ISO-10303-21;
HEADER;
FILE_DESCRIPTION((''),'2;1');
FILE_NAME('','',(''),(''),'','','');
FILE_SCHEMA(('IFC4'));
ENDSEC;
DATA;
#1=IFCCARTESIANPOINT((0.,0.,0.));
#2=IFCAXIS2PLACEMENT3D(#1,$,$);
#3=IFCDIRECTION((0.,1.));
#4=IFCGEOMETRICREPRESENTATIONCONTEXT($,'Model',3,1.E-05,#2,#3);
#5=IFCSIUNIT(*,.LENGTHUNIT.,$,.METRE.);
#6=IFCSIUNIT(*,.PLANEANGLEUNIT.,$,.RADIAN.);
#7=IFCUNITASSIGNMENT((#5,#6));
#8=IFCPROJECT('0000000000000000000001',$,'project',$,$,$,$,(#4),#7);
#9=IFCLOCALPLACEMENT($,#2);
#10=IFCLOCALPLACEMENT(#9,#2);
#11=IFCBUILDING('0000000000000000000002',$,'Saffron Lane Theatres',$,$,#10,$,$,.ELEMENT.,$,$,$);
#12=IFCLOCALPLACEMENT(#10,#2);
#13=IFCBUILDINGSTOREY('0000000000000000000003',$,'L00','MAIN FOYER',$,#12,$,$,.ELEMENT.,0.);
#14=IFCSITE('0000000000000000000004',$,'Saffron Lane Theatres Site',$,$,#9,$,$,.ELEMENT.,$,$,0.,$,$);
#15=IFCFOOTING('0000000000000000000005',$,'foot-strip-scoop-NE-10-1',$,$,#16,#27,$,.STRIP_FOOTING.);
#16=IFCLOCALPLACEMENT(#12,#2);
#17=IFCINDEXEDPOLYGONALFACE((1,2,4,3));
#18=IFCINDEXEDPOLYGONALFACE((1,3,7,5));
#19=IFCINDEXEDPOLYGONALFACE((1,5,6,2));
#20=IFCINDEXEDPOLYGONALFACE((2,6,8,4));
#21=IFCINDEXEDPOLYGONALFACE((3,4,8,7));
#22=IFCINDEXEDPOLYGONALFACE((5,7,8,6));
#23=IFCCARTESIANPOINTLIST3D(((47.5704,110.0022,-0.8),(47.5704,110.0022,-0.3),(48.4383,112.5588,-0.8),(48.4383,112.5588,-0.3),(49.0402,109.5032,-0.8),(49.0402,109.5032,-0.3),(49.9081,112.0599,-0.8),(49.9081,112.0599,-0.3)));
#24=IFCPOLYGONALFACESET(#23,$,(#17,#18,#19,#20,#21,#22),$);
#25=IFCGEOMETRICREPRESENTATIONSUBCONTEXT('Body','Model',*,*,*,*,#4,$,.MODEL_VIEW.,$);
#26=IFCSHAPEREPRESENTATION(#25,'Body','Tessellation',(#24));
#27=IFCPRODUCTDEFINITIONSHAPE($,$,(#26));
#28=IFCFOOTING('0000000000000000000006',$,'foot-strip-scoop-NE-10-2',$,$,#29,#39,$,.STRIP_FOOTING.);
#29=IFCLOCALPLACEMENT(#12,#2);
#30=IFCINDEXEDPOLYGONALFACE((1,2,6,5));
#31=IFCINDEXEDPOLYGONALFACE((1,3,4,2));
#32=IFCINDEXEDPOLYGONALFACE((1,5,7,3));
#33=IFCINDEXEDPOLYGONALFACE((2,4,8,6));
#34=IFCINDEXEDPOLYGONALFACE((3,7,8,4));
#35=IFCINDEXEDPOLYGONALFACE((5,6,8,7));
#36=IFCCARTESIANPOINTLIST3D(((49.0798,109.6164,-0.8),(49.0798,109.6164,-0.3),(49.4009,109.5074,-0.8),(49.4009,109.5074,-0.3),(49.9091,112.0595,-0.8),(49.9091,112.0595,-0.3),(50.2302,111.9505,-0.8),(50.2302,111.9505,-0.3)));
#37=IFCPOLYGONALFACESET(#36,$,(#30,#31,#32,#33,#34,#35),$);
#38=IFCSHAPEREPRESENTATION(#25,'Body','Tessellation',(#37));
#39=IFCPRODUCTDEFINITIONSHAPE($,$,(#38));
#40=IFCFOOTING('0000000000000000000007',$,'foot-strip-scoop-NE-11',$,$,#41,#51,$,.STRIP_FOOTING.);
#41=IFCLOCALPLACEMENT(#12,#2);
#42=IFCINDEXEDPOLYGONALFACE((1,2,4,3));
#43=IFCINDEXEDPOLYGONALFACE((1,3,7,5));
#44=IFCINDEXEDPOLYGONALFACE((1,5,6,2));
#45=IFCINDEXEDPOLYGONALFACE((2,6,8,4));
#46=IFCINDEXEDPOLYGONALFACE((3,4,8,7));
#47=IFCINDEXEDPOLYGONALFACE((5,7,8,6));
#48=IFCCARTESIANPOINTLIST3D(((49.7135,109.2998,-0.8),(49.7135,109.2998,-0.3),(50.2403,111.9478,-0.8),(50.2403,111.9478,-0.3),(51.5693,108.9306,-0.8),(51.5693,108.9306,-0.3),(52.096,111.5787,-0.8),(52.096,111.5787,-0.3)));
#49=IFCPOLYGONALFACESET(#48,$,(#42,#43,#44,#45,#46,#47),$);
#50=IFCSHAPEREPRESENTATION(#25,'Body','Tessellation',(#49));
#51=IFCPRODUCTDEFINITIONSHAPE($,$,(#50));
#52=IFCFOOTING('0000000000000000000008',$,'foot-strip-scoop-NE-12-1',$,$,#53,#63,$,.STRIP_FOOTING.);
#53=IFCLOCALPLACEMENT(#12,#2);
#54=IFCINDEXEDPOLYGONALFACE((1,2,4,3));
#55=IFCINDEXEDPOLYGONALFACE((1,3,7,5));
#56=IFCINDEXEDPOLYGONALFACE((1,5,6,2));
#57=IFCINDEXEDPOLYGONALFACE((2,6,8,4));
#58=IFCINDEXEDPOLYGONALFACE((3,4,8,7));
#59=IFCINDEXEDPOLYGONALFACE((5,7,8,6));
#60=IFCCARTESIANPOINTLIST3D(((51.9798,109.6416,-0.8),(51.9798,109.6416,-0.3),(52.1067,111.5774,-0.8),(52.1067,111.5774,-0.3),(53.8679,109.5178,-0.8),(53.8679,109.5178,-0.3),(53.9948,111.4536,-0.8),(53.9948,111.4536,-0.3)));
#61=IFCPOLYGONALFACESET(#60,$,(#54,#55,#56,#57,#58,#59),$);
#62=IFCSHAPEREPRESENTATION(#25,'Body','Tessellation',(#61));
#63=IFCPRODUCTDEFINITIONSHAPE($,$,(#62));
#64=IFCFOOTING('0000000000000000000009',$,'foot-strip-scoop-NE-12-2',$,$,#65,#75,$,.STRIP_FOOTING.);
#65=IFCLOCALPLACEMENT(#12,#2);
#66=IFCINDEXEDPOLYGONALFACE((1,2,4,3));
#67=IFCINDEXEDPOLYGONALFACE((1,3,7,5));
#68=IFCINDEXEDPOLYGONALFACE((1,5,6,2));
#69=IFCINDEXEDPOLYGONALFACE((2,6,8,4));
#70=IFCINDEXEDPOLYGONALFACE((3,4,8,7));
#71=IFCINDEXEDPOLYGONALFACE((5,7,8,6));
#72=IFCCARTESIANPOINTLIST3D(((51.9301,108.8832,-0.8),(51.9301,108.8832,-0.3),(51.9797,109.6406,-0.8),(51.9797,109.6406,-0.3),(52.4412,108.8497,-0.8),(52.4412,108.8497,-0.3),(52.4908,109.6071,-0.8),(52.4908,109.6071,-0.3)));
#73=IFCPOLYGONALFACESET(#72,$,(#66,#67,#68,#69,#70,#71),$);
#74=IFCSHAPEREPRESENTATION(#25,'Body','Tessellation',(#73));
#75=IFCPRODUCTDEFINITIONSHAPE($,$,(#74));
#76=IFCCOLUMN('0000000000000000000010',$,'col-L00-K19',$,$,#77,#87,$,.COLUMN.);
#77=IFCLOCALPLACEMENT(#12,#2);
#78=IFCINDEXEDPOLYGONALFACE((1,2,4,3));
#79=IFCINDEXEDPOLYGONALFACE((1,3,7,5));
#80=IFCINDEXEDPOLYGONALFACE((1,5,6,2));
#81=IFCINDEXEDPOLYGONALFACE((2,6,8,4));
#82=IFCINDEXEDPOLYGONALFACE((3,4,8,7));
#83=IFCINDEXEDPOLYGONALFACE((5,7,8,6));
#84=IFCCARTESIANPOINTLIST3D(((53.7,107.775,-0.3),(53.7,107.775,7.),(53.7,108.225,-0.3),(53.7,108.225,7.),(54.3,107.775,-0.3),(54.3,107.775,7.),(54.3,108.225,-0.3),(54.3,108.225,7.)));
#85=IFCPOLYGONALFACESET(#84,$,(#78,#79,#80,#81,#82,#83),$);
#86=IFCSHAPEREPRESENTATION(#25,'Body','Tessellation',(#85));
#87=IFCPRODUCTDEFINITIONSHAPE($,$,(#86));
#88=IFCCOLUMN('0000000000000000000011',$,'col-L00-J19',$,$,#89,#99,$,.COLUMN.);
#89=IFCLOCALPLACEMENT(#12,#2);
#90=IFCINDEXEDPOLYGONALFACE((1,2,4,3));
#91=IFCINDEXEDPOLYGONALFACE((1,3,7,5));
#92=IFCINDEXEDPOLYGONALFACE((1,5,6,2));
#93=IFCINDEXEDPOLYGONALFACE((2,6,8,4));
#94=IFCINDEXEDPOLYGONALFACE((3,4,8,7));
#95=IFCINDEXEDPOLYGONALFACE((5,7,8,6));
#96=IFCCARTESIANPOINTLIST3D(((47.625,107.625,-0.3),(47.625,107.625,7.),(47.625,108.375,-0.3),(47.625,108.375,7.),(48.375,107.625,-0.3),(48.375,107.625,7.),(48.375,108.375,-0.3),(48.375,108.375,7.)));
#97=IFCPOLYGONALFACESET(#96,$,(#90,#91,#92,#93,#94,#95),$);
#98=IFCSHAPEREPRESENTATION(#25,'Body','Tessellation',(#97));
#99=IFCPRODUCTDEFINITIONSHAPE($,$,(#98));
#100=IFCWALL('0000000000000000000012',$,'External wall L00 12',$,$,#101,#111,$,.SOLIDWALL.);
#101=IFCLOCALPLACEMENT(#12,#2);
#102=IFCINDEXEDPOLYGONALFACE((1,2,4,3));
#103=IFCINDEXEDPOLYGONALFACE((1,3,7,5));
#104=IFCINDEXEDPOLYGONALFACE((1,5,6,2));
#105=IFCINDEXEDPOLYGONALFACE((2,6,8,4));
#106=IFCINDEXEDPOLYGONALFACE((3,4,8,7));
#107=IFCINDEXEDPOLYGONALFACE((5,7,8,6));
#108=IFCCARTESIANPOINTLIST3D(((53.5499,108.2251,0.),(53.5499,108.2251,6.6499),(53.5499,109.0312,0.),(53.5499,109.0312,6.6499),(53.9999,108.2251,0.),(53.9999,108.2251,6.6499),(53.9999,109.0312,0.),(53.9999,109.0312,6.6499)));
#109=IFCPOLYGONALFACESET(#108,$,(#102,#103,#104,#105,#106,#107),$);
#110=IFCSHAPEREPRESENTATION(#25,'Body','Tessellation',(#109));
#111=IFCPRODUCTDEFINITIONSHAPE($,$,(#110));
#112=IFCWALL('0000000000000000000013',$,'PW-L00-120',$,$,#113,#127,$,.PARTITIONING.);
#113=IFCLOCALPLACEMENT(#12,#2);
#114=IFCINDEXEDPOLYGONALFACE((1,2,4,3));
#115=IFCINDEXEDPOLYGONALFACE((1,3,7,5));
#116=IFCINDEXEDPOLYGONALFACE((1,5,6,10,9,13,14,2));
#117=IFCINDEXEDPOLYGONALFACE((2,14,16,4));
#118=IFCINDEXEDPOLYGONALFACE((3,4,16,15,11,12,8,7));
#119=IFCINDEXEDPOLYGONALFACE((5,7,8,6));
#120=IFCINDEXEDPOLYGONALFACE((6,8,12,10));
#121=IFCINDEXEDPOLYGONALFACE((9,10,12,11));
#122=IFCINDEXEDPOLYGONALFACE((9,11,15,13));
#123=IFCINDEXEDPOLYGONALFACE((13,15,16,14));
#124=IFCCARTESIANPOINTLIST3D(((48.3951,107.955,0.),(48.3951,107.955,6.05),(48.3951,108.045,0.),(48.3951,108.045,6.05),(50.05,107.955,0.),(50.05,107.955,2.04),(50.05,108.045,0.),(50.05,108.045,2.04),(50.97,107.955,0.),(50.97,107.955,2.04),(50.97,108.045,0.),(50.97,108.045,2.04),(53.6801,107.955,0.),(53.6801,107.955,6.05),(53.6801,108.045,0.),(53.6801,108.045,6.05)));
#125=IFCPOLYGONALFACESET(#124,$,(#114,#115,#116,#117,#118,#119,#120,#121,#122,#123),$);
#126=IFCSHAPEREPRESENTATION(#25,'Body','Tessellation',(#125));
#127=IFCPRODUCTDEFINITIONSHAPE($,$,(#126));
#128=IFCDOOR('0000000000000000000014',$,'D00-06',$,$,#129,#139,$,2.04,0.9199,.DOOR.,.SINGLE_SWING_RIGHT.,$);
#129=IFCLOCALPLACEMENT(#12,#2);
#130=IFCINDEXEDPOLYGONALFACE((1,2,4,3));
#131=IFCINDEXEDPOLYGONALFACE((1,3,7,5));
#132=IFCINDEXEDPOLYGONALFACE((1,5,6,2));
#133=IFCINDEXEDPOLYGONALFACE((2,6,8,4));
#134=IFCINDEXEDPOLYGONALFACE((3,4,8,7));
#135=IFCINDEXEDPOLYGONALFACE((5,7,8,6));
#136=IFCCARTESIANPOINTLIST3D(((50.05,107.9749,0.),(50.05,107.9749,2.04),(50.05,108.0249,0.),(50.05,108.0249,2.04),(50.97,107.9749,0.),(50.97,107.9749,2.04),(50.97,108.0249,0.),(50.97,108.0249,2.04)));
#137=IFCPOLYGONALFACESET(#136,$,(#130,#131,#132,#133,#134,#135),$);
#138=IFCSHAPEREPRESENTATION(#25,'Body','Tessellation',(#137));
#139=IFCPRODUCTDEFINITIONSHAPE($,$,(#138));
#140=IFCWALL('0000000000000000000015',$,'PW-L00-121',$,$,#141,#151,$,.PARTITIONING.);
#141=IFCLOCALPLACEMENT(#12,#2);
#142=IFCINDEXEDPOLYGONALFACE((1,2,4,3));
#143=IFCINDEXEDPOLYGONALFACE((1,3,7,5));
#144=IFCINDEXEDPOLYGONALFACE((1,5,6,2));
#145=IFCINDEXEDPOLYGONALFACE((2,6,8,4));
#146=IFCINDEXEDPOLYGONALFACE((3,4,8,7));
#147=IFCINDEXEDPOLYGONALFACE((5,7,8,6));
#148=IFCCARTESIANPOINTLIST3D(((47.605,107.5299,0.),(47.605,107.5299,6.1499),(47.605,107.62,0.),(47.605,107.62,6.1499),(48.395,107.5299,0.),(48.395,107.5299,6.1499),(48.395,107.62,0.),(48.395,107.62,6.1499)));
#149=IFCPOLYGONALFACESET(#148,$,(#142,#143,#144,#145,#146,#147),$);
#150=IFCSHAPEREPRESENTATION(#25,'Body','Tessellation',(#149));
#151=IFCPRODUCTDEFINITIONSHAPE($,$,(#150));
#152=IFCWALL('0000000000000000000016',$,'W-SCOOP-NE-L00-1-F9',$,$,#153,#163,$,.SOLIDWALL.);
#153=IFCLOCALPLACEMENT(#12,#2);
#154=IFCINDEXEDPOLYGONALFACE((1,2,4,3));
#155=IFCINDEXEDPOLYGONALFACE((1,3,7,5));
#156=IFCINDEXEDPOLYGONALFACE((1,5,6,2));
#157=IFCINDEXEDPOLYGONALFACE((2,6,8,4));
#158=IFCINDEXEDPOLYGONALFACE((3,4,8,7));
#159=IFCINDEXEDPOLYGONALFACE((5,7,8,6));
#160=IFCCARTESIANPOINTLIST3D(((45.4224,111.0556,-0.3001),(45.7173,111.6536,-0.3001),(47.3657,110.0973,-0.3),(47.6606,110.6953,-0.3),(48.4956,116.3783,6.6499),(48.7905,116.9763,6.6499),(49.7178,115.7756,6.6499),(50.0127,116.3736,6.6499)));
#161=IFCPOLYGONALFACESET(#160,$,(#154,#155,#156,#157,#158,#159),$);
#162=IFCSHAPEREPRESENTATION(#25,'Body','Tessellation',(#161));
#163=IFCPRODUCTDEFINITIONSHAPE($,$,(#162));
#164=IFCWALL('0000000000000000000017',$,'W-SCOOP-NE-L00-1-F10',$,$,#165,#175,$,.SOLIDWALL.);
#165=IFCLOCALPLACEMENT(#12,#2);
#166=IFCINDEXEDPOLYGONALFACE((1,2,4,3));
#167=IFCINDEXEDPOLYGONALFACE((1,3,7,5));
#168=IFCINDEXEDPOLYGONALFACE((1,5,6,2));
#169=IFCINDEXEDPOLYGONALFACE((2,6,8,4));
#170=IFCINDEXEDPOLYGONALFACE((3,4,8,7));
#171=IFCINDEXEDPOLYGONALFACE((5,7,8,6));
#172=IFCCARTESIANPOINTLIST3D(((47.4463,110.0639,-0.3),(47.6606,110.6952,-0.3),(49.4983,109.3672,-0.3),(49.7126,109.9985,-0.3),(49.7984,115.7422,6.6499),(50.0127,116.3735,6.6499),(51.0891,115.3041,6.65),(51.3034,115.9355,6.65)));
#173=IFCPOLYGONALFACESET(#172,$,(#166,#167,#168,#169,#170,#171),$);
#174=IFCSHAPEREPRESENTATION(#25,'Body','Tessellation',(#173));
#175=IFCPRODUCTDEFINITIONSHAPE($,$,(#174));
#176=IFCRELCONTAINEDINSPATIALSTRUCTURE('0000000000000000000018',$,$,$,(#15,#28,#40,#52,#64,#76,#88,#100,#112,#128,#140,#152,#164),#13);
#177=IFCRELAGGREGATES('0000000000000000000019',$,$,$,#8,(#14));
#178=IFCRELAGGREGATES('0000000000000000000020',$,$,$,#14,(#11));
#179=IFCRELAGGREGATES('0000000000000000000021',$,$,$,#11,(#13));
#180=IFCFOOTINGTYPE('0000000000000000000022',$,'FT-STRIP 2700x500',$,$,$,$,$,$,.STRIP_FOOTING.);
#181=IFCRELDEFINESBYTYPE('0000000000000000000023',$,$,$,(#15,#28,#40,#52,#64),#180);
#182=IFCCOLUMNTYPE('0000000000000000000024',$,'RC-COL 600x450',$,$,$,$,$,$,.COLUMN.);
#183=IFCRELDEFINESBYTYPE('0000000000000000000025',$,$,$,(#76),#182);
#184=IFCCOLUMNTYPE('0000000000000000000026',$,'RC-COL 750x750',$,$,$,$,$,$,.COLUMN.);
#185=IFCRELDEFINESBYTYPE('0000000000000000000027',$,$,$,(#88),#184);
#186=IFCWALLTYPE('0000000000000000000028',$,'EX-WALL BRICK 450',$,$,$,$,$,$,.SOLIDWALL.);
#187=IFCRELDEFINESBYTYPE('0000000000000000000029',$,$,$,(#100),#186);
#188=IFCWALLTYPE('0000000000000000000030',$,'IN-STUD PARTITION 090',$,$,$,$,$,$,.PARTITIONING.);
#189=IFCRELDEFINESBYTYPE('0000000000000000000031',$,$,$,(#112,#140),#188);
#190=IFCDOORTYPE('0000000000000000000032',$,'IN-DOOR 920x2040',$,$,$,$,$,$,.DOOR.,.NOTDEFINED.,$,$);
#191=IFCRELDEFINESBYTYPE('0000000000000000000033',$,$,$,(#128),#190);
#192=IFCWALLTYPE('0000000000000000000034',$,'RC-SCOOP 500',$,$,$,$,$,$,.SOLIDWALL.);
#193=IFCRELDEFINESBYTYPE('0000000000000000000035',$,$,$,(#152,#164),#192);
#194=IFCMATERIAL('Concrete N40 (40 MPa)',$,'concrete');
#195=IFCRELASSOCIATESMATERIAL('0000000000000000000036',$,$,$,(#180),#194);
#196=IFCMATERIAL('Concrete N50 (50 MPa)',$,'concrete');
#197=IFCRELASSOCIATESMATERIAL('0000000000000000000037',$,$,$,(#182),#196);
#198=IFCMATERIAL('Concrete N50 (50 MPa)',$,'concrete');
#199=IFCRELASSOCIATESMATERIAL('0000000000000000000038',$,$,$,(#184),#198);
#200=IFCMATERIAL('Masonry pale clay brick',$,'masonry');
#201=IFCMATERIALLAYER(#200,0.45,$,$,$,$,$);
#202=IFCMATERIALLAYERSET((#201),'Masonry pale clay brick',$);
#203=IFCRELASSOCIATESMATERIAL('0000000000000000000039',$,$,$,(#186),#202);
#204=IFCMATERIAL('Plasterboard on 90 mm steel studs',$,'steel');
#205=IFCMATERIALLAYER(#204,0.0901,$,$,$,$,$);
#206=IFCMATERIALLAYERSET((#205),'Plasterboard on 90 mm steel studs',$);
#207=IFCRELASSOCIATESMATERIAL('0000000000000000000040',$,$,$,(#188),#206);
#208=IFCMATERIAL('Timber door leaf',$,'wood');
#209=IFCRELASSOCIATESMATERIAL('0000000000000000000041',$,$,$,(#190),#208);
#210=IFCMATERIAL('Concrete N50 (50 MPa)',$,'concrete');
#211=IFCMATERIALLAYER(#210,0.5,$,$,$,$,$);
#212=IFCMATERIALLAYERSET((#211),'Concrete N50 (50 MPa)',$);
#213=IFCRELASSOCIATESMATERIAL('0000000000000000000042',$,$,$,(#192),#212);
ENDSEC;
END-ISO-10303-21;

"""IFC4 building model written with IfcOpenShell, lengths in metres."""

from ifc_helpers import new_model, si_unit, direction, frame, frame_2d, origin, origin_2d, place, context, subcontext, project, spatial, polyline, rectangle, outline, extrude, material, layer, layer_set, material_profile, profile_set, type_object, element, fill, save


model = new_model("IFC4")

# Units and contexts
model_context = context("Model", 3, precision=1e-05, world=origin(), true_north=direction((0.0, 1.0)))
body_context = subcontext(model_context, "Body", "Model", "MODEL_VIEW")
ifc_project = project(units=[si_unit("LENGTHUNIT", "METRE"), si_unit("PLANEANGLEUNIT", "RADIAN")], contexts=[model_context])

# Site, building, storey
site_placement = place(None, origin())
site = spatial("IfcSite", under=ifc_project, at=site_placement, Name="Saffron Lane Theatres Site", CompositionType="ELEMENT", RefElevation=0.0)
building_placement = place(site_placement, origin())
building = spatial("IfcBuilding", under=site, at=building_placement, Name="Saffron Lane Theatres", CompositionType="ELEMENT")
storey_placement = place(building_placement, origin())
storey = spatial("IfcBuildingStorey", under=building, at=storey_placement, Name="L00", Description="MAIN FOYER", CompositionType="ELEMENT", Elevation=0.0)

# Footings
ifc_material_1 = material(Name="Concrete N40 (40 MPa)", Category="concrete")
footing_type = type_object("IfcFootingType", Name="FT-STRIP 2700x500", PredefinedType="STRIP_FOOTING", material=ifc_material_1)
footing_1_placement = place(storey_placement, frame((48.7393, 111.031, -0.8), z_axis=(0.0, 0.0, 1.0), x_axis=(0.321445, 0.946928, 0.0)))
element("IfcFooting", 1, at=footing_1_placement, inside=storey, type_object=footing_type, Name="foot-strip-scoop-NE-10-1", PredefinedType="STRIP_FOOTING", context=body_context, shape_type="SweptSolid", body=[
    extrude(rectangle(XDim=2.7, YDim=1.5522, at=origin_2d()), origin(), (0.0, 0.0, 1.0), 0.5),
])
footing_2_placement = place(storey_placement, frame((49.655, 110.7834, -0.8), z_axis=(0.0, 0.0, 1.0), x_axis=(0.321432, 0.946933, 0.0)))
element("IfcFooting", 2, at=footing_2_placement, inside=storey, type_object=footing_type, Name="foot-strip-scoop-NE-10-2", PredefinedType="STRIP_FOOTING", context=body_context, shape_type="SweptSolid", body=[
    extrude(rectangle(XDim=2.5801, YDim=0.3391, at=origin_2d()), origin(), (0.0, 0.0, 1.0), 0.5),
])
footing_3_placement = place(storey_placement, frame((50.9048, 110.4392, -0.8), z_axis=(0.0, 0.0, 1.0), x_axis=(0.195112, 0.980781, 0.0)))
element("IfcFooting", 3, at=footing_3_placement, inside=storey, type_object=footing_type, Name="foot-strip-scoop-NE-11", PredefinedType="STRIP_FOOTING", context=body_context, shape_type="SweptSolid", body=[
    extrude(rectangle(XDim=2.7, YDim=1.8921, at=origin_2d()), origin(), (0.0, 0.0, 1.0), 0.5),
])
footing_4_placement = place(storey_placement, frame((52.9873, 110.5476, -0.8), z_axis=(0.0, 0.0, 1.0), x_axis=(0.065411, 0.997858, 0.0)))
element("IfcFooting", 4, at=footing_4_placement, inside=storey, type_object=footing_type, Name="foot-strip-scoop-NE-12-1", PredefinedType="STRIP_FOOTING", context=body_context, shape_type="SweptSolid", body=[
    extrude(rectangle(XDim=1.9399, YDim=1.8921, at=origin_2d()), origin(), (0.0, 0.0, 1.0), 0.5),
])
footing_5_placement = place(storey_placement, frame((52.2104, 109.2451, -0.8), z_axis=(0.0, 0.0, 1.0), x_axis=(0.065405, 0.997859, 0.0)))
element("IfcFooting", 5, at=footing_5_placement, inside=storey, type_object=footing_type, Name="foot-strip-scoop-NE-12-2", PredefinedType="STRIP_FOOTING", context=body_context, shape_type="SweptSolid", body=[
    extrude(rectangle(XDim=0.759, YDim=0.5122, at=origin_2d()), origin(), (0.0, 0.0, 1.0), 0.5),
])

# Columns
ifc_material_2 = material(Name="Concrete N50 (50 MPa)", Category="concrete")
ifc_material_profile_1 = material_profile(ifc_material_2, rectangle(XDim=0.6001, YDim=0.45, at=origin_2d()))
ifc_profile_set_1 = profile_set([ifc_material_profile_1], Name="Concrete N50 (50 MPa)")
column_type_1 = type_object("IfcColumnType", Name="RC-COL 600x450", PredefinedType="COLUMN", material=ifc_profile_set_1)
column_1_placement = place(storey_placement, frame((54.0, 108.0, -0.3), z_axis=(0.0, 0.0, 1.0), x_axis=(1.0, 0.0, 0.0)))
element("IfcColumn", 6, at=column_1_placement, inside=storey, type_object=column_type_1, Name="col-L00-K19", PredefinedType="COLUMN", context=body_context, shape_type="SweptSolid", body=[
    extrude(rectangle(XDim=0.6001, YDim=0.45, at=origin_2d()), origin(), (0.0, 0.0, 1.0), 7.3),
])
ifc_material_3 = material(Name="Concrete N50 (50 MPa)", Category="concrete")
ifc_material_profile_2 = material_profile(ifc_material_3, rectangle(XDim=0.75, YDim=0.75, at=origin_2d()))
ifc_profile_set_2 = profile_set([ifc_material_profile_2], Name="Concrete N50 (50 MPa)")
column_type_2 = type_object("IfcColumnType", Name="RC-COL 750x750", PredefinedType="COLUMN", material=ifc_profile_set_2)
column_2_placement = place(storey_placement, frame((48.0, 108.0, -0.3), z_axis=(0.0, 0.0, 1.0), x_axis=(1.0, 0.0, 0.0)))
element("IfcColumn", 7, at=column_2_placement, inside=storey, type_object=column_type_2, Name="col-L00-J19", PredefinedType="COLUMN", context=body_context, shape_type="SweptSolid", body=[
    extrude(rectangle(XDim=0.75, YDim=0.75, at=origin_2d()), origin(), (0.0, 0.0, 1.0), 7.3),
])

# Wall
ifc_material_4 = material(Name="Masonry pale clay brick", Category="masonry")
ifc_layer_1 = layer(ifc_material_4, 0.45)
ifc_layer_set_1 = layer_set([ifc_layer_1], Name="Masonry pale clay brick")
wall_type_1 = type_object("IfcWallType", Name="EX-WALL BRICK 450", PredefinedType="SOLIDWALL", material=ifc_layer_set_1)
wall_1_placement = place(storey_placement, frame((53.7749, 109.0312, 0.0), z_axis=(0.0, 0.0, 1.0), x_axis=(0.0, -1.0, 0.0)))
element("IfcWall", 8, at=wall_1_placement, inside=storey, type_object=wall_type_1, Name="External wall L00 12", PredefinedType="SOLIDWALL", context=body_context, shape_type="SweptSolid", body=[
    extrude(rectangle(XDim=0.8062, YDim=0.45, at=frame_2d((0.4031, 0.0))), origin(), (0.0, 0.0, 1.0), 6.6499),
])

# Wall, opening, door
ifc_material_5 = material(Name="Plasterboard on 90 mm steel studs", Category="steel")
ifc_layer_2 = layer(ifc_material_5, 0.0901)
ifc_layer_set_2 = layer_set([ifc_layer_2], Name="Plasterboard on 90 mm steel studs")
wall_type_2 = type_object("IfcWallType", Name="IN-STUD PARTITION 090", PredefinedType="PARTITIONING", material=ifc_layer_set_2)
wall_2_placement = place(storey_placement, frame((48.395, 108.0, 0.0), z_axis=(0.0, 0.0, 1.0), x_axis=(1.0, 0.0, 0.0)))
wall_2 = element("IfcWall", 9, at=wall_2_placement, inside=storey, type_object=wall_type_2, Name="PW-L00-120", PredefinedType="PARTITIONING", context=body_context, shape_type="SweptSolid", body=[
    extrude(rectangle(XDim=5.2849, YDim=0.0901, at=frame_2d((2.6426, 0.0))), origin(), (0.0, 0.0, 1.0), 6.05),
])
opening_1_placement = place(wall_2_placement, frame((1.655, 0.0, 0.0)))
opening_1 = element("IfcOpeningElement", 10, at=opening_1_placement, cuts=wall_2, PredefinedType="OPENING", context=body_context, shape_type="SweptSolid", body=[
    extrude(rectangle(XDim=0.9199, YDim=2.04, at=frame_2d((0.46, 1.02))), frame((0.0, 0.0552, 0.0), z_axis=(0.0, -1.0, 0.0), x_axis=(1.0, 0.0, 0.0)), (0.0, 0.0, 1.0), 0.1101),
])
ifc_material_6 = material(Name="Timber door leaf", Category="wood")
door_type_1 = type_object("IfcDoorType", Name="IN-DOOR 920x2040", OperationType="NOTDEFINED", PredefinedType="DOOR", material=ifc_material_6)
door_1_placement = place(opening_1_placement, origin())
door_1 = element("IfcDoor", 11, at=door_1_placement, inside=storey, type_object=door_type_1, Name="D00-06", OperationType="SINGLE_SWING_RIGHT", OverallHeight=2.04, OverallWidth=0.9199, PredefinedType="DOOR", context=body_context, shape_type="SweptSolid", body=[
    extrude(rectangle(XDim=0.9199, YDim=2.04, at=frame_2d((0.46, 1.02))), frame((0.0, 0.0249, 0.0), z_axis=(0.0, -1.0, 0.0), x_axis=(1.0, 0.0, 0.0)), (0.0, 0.0, 1.0), 0.05),
])
fill(opening_1, door_1)

# Walls
wall_3_placement = place(storey_placement, frame((47.605, 107.575, 0.0), z_axis=(0.0, 0.0, 1.0), x_axis=(1.0, 0.0, 0.0)))
element("IfcWall", 12, at=wall_3_placement, inside=storey, type_object=wall_type_2, Name="PW-L00-121", PredefinedType="PARTITIONING", context=body_context, shape_type="SweptSolid", body=[
    extrude(rectangle(XDim=0.79, YDim=0.0901, at=frame_2d((0.395, 0.0))), origin(), (0.0, 0.0, 1.0), 6.1499),
])
ifc_material_7 = material(Name="Concrete N50 (50 MPa)", Category="concrete")
ifc_layer_3 = layer(ifc_material_7, 0.5)
ifc_layer_set_3 = layer_set([ifc_layer_3], Name="Concrete N50 (50 MPa)")
wall_type_3 = type_object("IfcWallType", Name="RC-SCOOP 500", PredefinedType="SOLIDWALL", material=ifc_layer_set_3)
wall_4_placement = place(storey_placement, frame((47.6606, 110.6953, -0.3), z_axis=(-0.331623, -0.672478, 0.661664), x_axis=(-0.896883, 0.442267, -0.000018)))
element("IfcWall", 13, at=wall_4_placement, inside=storey, type_object=wall_type_3, Name="W-SCOOP-NE-L00-1-F9", PredefinedType="SOLIDWALL", context=body_context, shape_type="SweptSolid", body=[
    extrude(outline(polyline([(0.0, 0.0), (2.1668, 0.0), (1.7644, -9.2691), (0.4017, -9.269), (0.0, 0.0)])), origin(), (0.000024, 0.661664, 0.7498), 0.6667),
])
wall_5_placement = place(storey_placement, frame((49.7126, 109.9985, -0.3), z_axis=(-0.241023, -0.710001, 0.66167), x_axis=(-0.946915, 0.321485, 0.000041)))
element("IfcWall", 14, at=wall_5_placement, inside=storey, type_object=wall_type_3, Name="W-SCOOP-NE-L00-1-F10", PredefinedType="SOLIDWALL", context=body_context, shape_type="SweptSolid", body=[
    extrude(outline(polyline([(0.0, 0.0), (2.1671, 0.0), (1.7656, -9.269), (0.4026, -9.2692), (0.0, 0.0)])), origin(), (-0.000049, 0.66167, 0.749795), 0.6667),
])

save(model, "model.ifc")
